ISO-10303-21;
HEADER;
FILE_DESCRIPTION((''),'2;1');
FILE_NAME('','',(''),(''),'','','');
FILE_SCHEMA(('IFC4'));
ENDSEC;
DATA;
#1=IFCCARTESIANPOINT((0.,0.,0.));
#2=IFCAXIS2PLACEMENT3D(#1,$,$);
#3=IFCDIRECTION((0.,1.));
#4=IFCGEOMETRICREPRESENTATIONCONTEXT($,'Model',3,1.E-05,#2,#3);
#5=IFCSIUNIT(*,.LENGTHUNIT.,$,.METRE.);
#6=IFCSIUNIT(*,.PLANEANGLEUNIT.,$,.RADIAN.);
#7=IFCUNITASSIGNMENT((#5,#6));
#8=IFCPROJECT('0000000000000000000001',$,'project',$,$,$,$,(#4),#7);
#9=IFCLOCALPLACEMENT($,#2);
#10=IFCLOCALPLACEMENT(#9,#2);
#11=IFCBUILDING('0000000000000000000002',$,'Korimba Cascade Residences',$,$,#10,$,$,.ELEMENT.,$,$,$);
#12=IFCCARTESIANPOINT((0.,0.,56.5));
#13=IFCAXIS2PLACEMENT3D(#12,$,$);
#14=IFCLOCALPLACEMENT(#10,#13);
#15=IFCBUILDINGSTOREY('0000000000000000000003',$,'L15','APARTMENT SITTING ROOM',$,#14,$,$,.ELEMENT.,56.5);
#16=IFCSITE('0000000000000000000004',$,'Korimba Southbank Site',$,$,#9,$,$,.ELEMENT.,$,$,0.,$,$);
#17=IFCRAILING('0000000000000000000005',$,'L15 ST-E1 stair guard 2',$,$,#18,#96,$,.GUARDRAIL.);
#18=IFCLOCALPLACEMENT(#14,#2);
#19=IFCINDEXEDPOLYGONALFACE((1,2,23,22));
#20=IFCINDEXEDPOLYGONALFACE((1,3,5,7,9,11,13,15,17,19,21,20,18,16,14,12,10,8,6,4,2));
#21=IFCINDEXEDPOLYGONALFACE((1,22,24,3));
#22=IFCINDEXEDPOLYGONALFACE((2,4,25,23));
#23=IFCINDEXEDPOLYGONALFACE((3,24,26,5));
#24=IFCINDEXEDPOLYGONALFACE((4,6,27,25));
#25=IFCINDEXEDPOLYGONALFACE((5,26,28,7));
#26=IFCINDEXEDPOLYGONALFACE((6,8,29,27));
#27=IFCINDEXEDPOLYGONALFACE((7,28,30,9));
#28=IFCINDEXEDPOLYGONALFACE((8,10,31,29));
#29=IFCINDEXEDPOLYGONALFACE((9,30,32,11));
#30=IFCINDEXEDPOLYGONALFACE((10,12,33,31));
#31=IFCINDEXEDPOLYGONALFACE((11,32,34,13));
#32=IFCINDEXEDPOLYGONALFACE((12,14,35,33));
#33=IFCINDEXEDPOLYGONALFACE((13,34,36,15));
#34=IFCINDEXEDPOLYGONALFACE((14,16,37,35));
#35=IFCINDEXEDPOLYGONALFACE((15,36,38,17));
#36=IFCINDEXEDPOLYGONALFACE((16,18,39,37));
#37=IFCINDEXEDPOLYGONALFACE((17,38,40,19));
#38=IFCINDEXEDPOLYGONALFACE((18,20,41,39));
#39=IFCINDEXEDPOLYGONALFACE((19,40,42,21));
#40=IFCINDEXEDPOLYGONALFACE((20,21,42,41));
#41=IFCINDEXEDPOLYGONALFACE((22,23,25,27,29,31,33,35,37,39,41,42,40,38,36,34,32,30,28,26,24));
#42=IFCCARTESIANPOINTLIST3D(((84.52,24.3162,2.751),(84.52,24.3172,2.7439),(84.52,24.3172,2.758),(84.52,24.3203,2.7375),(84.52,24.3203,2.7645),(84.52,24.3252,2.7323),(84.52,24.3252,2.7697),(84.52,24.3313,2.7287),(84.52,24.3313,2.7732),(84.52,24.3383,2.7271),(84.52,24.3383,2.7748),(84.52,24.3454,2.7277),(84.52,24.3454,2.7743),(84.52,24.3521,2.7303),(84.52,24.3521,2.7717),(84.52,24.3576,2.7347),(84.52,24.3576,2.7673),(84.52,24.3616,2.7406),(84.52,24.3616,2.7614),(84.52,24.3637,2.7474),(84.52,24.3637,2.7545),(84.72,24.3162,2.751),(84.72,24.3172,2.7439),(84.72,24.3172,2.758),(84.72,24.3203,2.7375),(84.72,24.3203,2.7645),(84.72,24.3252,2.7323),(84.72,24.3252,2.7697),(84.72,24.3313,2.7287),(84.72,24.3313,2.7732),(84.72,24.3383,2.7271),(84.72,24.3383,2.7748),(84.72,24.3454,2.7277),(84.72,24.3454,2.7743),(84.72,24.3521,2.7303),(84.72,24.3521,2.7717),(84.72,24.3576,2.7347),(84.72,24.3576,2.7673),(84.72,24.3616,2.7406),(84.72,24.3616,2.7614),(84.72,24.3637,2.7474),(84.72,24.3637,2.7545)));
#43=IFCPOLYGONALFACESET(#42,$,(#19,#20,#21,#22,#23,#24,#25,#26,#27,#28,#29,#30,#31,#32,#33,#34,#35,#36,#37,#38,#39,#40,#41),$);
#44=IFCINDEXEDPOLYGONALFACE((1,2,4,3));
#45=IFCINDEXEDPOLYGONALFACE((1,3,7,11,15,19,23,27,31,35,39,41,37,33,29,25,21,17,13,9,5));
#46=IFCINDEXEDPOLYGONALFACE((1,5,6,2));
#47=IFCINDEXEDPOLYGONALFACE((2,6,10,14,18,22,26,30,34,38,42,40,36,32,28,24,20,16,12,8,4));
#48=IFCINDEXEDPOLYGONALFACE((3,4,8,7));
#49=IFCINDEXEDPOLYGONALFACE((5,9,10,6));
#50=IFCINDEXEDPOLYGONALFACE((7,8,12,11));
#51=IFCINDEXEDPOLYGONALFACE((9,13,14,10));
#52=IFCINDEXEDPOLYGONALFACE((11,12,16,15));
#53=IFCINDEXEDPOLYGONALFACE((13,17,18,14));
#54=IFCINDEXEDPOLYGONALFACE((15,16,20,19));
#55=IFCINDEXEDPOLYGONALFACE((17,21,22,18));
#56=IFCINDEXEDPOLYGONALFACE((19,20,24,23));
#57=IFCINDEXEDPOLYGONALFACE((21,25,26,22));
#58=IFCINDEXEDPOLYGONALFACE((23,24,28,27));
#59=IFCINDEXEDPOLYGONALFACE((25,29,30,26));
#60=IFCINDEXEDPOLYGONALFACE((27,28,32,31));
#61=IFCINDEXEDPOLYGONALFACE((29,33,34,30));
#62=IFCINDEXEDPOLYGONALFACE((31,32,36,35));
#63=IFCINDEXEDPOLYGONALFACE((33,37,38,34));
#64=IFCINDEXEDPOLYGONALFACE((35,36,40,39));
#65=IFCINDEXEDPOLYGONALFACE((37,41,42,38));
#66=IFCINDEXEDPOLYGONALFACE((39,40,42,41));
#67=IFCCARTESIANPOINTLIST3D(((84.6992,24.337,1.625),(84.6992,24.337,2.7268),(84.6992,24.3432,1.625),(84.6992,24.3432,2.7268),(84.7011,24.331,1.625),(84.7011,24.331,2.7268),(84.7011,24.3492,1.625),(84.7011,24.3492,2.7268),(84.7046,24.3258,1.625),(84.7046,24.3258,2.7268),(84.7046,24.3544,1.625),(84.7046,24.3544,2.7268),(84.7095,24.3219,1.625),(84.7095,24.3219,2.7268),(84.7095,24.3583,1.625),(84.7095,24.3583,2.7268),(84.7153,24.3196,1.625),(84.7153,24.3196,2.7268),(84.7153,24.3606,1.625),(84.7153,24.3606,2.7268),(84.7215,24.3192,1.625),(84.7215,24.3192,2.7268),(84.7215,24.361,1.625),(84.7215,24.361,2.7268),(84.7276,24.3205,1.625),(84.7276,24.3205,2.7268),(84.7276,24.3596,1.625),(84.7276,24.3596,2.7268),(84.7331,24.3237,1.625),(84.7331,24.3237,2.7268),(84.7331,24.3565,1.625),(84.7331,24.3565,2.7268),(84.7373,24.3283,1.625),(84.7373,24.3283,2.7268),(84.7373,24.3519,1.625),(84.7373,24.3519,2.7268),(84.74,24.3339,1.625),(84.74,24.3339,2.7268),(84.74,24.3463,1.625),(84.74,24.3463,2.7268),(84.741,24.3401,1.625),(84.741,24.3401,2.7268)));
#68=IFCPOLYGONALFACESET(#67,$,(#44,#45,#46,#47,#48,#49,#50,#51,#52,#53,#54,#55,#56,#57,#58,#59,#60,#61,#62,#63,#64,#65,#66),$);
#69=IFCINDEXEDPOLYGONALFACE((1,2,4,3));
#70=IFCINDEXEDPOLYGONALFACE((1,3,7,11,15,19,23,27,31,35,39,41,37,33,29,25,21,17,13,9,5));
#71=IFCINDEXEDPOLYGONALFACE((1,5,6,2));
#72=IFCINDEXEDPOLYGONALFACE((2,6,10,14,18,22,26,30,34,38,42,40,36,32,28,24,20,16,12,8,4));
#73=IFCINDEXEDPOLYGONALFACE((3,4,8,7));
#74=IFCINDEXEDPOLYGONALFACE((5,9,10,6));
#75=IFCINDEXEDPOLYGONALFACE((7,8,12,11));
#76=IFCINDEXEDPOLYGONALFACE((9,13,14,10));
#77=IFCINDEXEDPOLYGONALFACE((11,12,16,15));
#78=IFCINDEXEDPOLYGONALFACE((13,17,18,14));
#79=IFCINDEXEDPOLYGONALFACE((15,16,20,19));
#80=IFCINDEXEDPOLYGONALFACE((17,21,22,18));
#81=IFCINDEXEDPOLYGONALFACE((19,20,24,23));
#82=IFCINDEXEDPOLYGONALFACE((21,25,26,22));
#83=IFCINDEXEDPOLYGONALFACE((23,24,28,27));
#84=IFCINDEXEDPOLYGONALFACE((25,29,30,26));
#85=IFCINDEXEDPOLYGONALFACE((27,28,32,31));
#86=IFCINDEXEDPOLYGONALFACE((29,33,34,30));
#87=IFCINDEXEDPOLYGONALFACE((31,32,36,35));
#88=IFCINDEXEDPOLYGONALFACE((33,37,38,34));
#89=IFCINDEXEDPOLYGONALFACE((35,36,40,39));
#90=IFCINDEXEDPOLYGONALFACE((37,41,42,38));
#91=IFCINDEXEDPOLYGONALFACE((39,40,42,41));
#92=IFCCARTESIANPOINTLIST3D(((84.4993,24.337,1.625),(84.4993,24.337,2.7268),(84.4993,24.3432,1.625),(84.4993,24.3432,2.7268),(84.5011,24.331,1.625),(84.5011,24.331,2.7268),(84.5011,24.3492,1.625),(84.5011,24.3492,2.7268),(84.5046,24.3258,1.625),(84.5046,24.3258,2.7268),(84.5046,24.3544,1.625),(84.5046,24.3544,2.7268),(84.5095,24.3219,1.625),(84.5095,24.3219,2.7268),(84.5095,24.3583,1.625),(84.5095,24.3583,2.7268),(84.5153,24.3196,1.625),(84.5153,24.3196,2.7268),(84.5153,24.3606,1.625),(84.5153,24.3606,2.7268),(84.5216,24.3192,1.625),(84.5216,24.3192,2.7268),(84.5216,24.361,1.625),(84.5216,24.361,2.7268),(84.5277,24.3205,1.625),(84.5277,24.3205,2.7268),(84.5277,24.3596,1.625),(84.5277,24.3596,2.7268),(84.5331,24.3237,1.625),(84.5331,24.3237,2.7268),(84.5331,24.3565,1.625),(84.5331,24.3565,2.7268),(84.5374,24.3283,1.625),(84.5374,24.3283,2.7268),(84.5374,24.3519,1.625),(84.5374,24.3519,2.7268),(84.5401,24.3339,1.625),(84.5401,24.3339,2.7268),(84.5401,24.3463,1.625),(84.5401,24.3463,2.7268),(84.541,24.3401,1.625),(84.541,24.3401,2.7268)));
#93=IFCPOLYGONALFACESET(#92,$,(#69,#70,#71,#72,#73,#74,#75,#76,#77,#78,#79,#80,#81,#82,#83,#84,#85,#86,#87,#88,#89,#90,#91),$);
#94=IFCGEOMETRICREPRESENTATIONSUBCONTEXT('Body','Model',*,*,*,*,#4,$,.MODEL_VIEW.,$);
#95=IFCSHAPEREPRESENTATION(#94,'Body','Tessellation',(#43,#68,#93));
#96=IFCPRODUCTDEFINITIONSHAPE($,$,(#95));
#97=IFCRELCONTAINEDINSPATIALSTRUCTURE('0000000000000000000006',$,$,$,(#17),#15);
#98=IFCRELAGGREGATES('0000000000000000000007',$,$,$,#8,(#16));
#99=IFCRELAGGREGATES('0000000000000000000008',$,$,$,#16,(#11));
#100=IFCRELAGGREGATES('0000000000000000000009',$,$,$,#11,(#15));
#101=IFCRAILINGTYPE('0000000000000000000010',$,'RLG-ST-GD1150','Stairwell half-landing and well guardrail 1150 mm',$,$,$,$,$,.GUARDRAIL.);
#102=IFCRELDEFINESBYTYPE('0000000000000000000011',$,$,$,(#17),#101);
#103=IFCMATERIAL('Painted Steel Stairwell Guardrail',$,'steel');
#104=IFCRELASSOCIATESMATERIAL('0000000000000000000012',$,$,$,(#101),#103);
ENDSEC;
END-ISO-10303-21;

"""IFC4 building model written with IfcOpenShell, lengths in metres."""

from ifc_helpers import new_model, si_unit, direction, frame, origin, origin_2d, place, context, subcontext, project, spatial, circle, extrude, material, type_object, element, save


model = new_model("IFC4")

# Units and contexts
model_context = context("Model", 3, precision=1e-05, world=origin(), true_north=direction((0.0, 1.0)))
body_context = subcontext(model_context, "Body", "Model", "MODEL_VIEW")
ifc_project = project(units=[si_unit("LENGTHUNIT", "METRE"), si_unit("PLANEANGLEUNIT", "RADIAN")], contexts=[model_context])

# Site, building, storey
site_placement = place(None, origin())
site = spatial("IfcSite", under=ifc_project, at=site_placement, Name="Korimba Southbank Site", CompositionType="ELEMENT", RefElevation=0.0)
building_placement = place(site_placement, origin())
building = spatial("IfcBuilding", under=site, at=building_placement, Name="Korimba Cascade Residences", CompositionType="ELEMENT")
storey_placement = place(building_placement, frame((0.0, 0.0, 56.5)))
storey = spatial("IfcBuildingStorey", under=building, at=storey_placement, Name="L15", Description="APARTMENT SITTING ROOM", CompositionType="ELEMENT", Elevation=56.5)

# Railing
ifc_material_1 = material(Name="Painted Steel Stairwell Guardrail", Category="steel")
railing_type_1 = type_object("IfcRailingType", Name="RLG-ST-GD1150", Description="Stairwell half-landing and well guardrail 1150 mm", PredefinedType="GUARDRAIL", material=ifc_material_1)
railing_1_placement = place(storey_placement, frame((84.72, 24.3401, 1.625)))
element("IfcRailing", 1, at=railing_1_placement, inside=storey, type_object=railing_type_1, Name="L15 ST-E1 stair guard 2", PredefinedType="GUARDRAIL", context=body_context, shape_type="SweptSolid", body=[
    extrude(circle(Radius=0.0239, at=origin_2d()), frame((0.0, 0.0, 1.126), z_axis=(-1.0, 0.0, 0.0), x_axis=(0.0, -1.0, 0.0)), (0.0, 0.0, 1.0), 0.2),
    extrude(circle(Radius=0.021, at=origin_2d()), origin(), (0.0, 0.0, 1.0), 1.1018),
    extrude(circle(Radius=0.021, at=origin_2d()), frame((-0.2, 0.0, 0.0)), (0.0, 0.0, 1.0), 1.1018),
])

save(model, "model.ifc")
